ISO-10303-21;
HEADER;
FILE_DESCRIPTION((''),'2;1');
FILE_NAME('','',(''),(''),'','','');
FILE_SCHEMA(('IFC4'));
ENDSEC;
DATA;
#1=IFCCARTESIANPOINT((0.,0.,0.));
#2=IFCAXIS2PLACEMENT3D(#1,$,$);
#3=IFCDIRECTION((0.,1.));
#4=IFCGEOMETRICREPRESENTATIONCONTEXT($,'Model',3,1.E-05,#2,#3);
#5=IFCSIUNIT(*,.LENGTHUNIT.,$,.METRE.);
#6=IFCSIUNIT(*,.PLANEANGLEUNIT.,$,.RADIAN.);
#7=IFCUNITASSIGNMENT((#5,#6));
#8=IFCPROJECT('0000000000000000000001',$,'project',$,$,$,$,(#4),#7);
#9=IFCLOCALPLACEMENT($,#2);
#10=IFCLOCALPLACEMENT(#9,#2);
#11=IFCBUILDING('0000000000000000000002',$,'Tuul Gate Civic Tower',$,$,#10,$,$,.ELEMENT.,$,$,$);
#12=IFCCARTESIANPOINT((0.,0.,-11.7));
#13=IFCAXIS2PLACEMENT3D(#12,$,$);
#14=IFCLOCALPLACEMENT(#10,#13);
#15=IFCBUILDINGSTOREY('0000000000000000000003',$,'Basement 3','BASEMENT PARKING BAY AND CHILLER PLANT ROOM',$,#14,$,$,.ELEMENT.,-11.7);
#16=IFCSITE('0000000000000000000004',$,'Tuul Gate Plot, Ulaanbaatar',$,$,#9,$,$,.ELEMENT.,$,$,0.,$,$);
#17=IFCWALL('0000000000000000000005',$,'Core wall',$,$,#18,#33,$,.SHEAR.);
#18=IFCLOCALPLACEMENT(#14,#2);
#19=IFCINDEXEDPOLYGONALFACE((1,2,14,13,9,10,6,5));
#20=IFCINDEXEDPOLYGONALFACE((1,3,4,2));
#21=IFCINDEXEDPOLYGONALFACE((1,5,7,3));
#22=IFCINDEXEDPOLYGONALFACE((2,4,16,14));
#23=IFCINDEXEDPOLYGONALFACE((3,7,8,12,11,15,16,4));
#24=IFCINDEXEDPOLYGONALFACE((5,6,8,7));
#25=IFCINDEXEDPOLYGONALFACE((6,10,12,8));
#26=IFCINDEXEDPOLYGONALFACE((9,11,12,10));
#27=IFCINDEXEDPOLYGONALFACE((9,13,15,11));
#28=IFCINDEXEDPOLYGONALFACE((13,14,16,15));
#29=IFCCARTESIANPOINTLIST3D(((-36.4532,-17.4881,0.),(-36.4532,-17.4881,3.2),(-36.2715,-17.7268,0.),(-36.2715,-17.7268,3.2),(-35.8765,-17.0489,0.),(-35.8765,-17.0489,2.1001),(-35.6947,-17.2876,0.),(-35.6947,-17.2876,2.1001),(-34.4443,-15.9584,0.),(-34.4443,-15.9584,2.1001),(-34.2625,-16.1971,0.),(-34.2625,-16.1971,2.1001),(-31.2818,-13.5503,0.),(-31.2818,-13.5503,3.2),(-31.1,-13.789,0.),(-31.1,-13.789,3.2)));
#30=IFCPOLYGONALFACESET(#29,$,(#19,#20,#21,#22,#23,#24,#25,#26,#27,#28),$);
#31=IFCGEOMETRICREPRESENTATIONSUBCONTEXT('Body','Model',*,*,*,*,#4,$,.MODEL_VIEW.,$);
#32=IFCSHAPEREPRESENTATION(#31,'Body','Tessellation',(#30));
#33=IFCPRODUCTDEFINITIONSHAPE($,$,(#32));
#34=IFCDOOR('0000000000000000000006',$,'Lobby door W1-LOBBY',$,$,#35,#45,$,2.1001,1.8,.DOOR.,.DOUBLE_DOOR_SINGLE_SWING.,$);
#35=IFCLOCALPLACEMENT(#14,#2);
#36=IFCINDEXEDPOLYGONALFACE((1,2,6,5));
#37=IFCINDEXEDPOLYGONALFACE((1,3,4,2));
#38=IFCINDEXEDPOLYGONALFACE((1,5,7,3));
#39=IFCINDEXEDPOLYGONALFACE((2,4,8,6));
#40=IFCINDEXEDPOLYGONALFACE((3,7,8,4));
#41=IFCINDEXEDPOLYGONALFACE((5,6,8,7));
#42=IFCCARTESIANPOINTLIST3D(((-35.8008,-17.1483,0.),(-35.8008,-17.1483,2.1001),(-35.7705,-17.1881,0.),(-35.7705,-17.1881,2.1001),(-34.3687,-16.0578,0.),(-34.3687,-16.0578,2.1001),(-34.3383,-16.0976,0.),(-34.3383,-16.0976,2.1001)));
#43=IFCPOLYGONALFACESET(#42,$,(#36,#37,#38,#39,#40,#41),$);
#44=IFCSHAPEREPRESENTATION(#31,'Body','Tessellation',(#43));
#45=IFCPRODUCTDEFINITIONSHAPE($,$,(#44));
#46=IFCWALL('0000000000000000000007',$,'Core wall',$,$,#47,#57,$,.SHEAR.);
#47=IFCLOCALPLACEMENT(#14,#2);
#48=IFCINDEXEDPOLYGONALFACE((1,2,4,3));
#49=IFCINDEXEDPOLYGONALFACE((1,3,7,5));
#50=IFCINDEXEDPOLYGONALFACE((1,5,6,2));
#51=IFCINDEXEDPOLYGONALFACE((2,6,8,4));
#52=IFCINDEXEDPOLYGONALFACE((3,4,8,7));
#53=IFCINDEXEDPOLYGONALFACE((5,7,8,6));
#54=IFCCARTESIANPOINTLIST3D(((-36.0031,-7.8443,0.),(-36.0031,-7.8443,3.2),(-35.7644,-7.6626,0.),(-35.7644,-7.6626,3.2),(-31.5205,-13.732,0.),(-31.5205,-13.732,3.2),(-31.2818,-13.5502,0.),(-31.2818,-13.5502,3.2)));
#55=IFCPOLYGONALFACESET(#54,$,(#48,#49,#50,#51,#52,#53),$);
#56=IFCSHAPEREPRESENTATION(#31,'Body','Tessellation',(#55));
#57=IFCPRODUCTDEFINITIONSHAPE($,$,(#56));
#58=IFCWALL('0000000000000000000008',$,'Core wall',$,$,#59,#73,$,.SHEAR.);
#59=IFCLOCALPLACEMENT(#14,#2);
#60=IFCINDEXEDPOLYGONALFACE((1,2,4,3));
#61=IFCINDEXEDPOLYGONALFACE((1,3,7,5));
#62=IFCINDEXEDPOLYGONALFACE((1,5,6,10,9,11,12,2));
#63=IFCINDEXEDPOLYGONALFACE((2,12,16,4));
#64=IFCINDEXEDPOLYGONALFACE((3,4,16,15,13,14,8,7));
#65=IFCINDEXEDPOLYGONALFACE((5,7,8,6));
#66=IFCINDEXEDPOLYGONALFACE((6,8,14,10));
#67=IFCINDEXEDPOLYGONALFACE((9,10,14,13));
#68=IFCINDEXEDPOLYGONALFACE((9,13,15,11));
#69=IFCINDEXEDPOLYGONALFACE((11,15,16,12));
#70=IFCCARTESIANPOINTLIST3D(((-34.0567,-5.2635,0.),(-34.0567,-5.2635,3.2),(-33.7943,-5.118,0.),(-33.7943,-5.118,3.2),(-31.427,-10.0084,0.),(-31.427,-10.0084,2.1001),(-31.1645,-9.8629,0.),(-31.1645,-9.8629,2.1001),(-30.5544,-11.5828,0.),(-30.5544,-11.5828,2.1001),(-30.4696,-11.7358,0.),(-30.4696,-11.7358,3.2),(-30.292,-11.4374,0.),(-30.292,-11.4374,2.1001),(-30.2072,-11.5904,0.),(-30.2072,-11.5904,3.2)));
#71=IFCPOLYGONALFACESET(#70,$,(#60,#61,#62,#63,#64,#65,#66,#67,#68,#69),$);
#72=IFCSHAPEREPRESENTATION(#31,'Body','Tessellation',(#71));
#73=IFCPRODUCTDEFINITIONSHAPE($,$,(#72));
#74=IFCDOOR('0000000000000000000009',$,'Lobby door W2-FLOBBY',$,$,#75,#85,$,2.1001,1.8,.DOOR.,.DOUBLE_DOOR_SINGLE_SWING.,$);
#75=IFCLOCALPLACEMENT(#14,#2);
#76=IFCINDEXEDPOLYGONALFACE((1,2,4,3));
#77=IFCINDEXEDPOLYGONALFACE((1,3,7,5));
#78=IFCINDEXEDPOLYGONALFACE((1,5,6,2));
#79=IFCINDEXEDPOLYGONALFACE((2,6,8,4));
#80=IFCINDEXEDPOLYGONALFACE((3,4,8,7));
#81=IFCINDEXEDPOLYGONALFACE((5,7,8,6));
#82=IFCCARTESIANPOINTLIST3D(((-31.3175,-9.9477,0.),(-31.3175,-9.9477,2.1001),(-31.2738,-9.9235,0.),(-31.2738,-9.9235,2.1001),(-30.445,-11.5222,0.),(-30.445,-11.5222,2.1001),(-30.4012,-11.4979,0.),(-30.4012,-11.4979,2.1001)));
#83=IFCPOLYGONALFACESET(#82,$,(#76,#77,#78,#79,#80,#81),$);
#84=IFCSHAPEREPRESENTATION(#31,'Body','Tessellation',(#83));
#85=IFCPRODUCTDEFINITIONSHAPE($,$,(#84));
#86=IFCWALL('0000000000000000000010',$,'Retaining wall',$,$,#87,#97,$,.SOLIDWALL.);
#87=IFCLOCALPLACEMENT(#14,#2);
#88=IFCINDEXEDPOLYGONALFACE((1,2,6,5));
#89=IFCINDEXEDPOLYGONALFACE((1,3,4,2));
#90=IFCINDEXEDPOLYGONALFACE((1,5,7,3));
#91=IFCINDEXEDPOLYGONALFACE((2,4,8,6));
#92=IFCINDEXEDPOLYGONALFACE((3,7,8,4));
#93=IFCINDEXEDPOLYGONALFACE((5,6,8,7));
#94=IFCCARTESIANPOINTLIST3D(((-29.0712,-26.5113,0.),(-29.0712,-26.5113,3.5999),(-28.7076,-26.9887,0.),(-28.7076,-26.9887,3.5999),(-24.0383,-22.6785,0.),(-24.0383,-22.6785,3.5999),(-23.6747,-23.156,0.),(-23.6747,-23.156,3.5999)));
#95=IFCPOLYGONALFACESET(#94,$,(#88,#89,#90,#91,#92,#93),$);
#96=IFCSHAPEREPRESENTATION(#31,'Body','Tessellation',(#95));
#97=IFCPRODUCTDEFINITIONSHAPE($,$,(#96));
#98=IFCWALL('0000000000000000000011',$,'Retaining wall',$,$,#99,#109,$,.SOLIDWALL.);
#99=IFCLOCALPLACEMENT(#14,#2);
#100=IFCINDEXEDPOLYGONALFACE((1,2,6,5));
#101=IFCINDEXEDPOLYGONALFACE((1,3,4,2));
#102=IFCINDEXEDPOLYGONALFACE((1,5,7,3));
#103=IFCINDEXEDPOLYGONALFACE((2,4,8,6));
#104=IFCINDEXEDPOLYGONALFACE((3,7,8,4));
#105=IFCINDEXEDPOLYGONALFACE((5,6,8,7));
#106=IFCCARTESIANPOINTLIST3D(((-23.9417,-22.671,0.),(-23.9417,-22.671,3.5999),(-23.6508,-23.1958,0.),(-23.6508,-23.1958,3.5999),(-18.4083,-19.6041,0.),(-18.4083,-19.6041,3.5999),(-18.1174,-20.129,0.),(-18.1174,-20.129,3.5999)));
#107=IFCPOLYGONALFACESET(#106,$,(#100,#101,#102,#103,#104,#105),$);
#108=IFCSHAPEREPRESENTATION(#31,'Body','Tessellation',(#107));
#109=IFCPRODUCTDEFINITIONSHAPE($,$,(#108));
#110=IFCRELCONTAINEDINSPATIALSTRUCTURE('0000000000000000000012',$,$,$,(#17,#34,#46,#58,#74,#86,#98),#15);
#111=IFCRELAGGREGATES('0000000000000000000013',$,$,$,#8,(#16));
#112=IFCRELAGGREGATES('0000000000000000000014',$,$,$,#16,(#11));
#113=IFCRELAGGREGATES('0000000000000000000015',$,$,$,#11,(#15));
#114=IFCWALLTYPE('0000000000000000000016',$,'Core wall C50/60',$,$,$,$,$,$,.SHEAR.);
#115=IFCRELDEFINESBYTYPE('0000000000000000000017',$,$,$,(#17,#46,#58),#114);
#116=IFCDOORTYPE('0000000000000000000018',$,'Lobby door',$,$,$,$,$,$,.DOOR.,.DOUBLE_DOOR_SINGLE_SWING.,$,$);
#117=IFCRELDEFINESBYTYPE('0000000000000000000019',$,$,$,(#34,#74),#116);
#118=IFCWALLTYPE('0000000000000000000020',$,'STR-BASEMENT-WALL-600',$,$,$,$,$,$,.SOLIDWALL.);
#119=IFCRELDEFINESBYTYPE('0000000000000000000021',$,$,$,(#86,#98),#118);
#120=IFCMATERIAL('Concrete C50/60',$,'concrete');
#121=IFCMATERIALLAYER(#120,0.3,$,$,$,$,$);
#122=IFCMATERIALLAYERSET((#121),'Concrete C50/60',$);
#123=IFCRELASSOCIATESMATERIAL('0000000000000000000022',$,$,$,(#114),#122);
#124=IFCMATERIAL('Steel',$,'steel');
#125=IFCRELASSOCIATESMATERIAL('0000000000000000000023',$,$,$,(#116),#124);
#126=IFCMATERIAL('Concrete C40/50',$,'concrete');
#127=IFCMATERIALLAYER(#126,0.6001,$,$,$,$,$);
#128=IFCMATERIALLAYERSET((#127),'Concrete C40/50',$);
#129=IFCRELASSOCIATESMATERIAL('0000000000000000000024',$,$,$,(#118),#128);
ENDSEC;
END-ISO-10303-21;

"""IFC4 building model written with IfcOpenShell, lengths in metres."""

from ifc_helpers import new_model, si_unit, direction, frame, frame_2d, origin, place, context, subcontext, project, spatial, rectangle, extrude, material, layer, layer_set, type_object, element, fill, save


model = new_model("IFC4")

# Units and contexts
model_context = context("Model", 3, precision=1e-05, world=origin(), true_north=direction((0.0, 1.0)))
body_context = subcontext(model_context, "Body", "Model", "MODEL_VIEW")
ifc_project = project(units=[si_unit("LENGTHUNIT", "METRE"), si_unit("PLANEANGLEUNIT", "RADIAN")], contexts=[model_context])

# Site, building, storey
site_placement = place(None, origin())
site = spatial("IfcSite", under=ifc_project, at=site_placement, Name="Tuul Gate Plot, Ulaanbaatar", CompositionType="ELEMENT", RefElevation=0.0)
building_placement = place(site_placement, origin())
building = spatial("IfcBuilding", under=site, at=building_placement, Name="Tuul Gate Civic Tower", CompositionType="ELEMENT")
storey_placement = place(building_placement, frame((0.0, 0.0, -11.7)))
storey = spatial("IfcBuildingStorey", under=building, at=storey_placement, Name="Basement 3", Description="BASEMENT PARKING BAY AND CHILLER PLANT ROOM", CompositionType="ELEMENT", Elevation=-11.7)

# Wall, opening, door
ifc_material_1 = material(Name="Concrete C50/60", Category="concrete")
ifc_layer_1 = layer(ifc_material_1, 0.3)
ifc_layer_set_1 = layer_set([ifc_layer_1], Name="Concrete C50/60")
wall_type_1 = type_object("IfcWallType", Name="Core wall C50/60", PredefinedType="SHEAR", material=ifc_layer_set_1)
wall_1_placement = place(storey_placement, frame((-31.1909, -13.6697, 0.0), z_axis=(0.0, 0.0, 1.0), x_axis=(-0.795607, -0.605813, 0.0)))
wall_1 = element("IfcWall", 1, at=wall_1_placement, inside=storey, type_object=wall_type_1, Name="Core wall", PredefinedType="SHEAR", context=body_context, shape_type="SweptSolid", body=[
    extrude(rectangle(XDim=6.5, YDim=0.3, at=frame_2d((3.25, 0.0))), origin(), (0.0, 0.0, 1.0), 3.2),
])
opening_1_placement = place(wall_1_placement, frame((3.9751, 0.0, 0.0)))
opening_1 = element("IfcOpeningElement", 2, at=opening_1_placement, cuts=wall_1, PredefinedType="OPENING", context=body_context, shape_type="SweptSolid", body=[
    extrude(rectangle(XDim=1.8, YDim=2.1001, at=frame_2d((0.8999, 1.05))), frame((0.0, 0.1602, 0.0), z_axis=(0.0, -1.0, 0.0), x_axis=(1.0, 0.0, 0.0)), (0.0, 0.0, 1.0), 0.3201),
])
ifc_material_2 = material(Name="Steel", Category="steel")
door_type = type_object("IfcDoorType", Name="Lobby door", OperationType="DOUBLE_DOOR_SINGLE_SWING", PredefinedType="DOOR", material=ifc_material_2)
door_1_placement = place(opening_1_placement, origin())
door_1 = element("IfcDoor", 3, at=door_1_placement, inside=storey, type_object=door_type, Name="Lobby door W1-LOBBY", OperationType="DOUBLE_DOOR_SINGLE_SWING", OverallHeight=2.1001, OverallWidth=1.8, PredefinedType="DOOR", context=body_context, shape_type="SweptSolid", body=[
    extrude(rectangle(XDim=1.8, YDim=2.1001, at=frame_2d((0.8999, 1.05))), frame((0.0, 0.0249, 0.0), z_axis=(0.0, -1.0, 0.0), x_axis=(1.0, 0.0, 0.0)), (0.0, 0.0, 1.0), 0.05),
])
fill(opening_1, door_1)

# Wall
wall_2_placement = place(storey_placement, frame((-31.4011, -13.6411, 0.0), z_axis=(0.0, 0.0, 1.0), x_axis=(-0.60577, 0.79564, 0.0)))
element("IfcWall", 4, at=wall_2_placement, inside=storey, type_object=wall_type_1, Name="Core wall", PredefinedType="SHEAR", context=body_context, shape_type="SweptSolid", body=[
    extrude(rectangle(XDim=7.3999, YDim=0.3, at=frame_2d((3.7, 0.0))), origin(), (0.0, 0.0, 1.0), 3.2),
])

# Wall, opening, door
wall_3_placement = place(storey_placement, frame((-30.3384, -11.6631, 0.0), z_axis=(0.0, 0.0, 1.0), x_axis=(-0.484752, 0.874652, 0.0)))
wall_3 = element("IfcWall", 5, at=wall_3_placement, inside=storey, type_object=wall_type_1, Name="Core wall", PredefinedType="SHEAR", context=body_context, shape_type="SweptSolid", body=[
    extrude(rectangle(XDim=7.3999, YDim=0.3, at=frame_2d((3.7, 0.0))), origin(), (0.0, 0.0, 1.0), 3.2),
])
opening_2_placement = place(wall_3_placement, frame((0.175, 0.0, 0.0)))
opening_2 = element("IfcOpeningElement", 6, at=opening_2_placement, cuts=wall_3, PredefinedType="OPENING", context=body_context, shape_type="SweptSolid", body=[
    extrude(rectangle(XDim=1.8, YDim=2.1001, at=frame_2d((0.8999, 1.05))), frame((0.0, 0.1602, 0.0), z_axis=(0.0, -1.0, 0.0), x_axis=(1.0, 0.0, 0.0)), (0.0, 0.0, 1.0), 0.3201),
])
door_2_placement = place(opening_2_placement, origin())
door_2 = element("IfcDoor", 7, at=door_2_placement, inside=storey, type_object=door_type, Name="Lobby door W2-FLOBBY", OperationType="DOUBLE_DOOR_SINGLE_SWING", OverallHeight=2.1001, OverallWidth=1.8, PredefinedType="DOOR", context=body_context, shape_type="SweptSolid", body=[
    extrude(rectangle(XDim=1.8, YDim=2.1001, at=frame_2d((0.8999, 1.05))), frame((0.0, 0.0249, 0.0), z_axis=(0.0, -1.0, 0.0), x_axis=(1.0, 0.0, 0.0)), (0.0, 0.0, 1.0), 0.05),
])
fill(opening_2, door_2)

# Walls
ifc_material_3 = material(Name="Concrete C40/50", Category="concrete")
ifc_layer_2 = layer(ifc_material_3, 0.6001)
ifc_layer_set_2 = layer_set([ifc_layer_2], Name="Concrete C40/50")
wall_type_2 = type_object("IfcWallType", Name="STR-BASEMENT-WALL-600", PredefinedType="SOLIDWALL", material=ifc_layer_set_2)
wall_4_placement = place(storey_placement, frame((-28.8894, -26.75, 0.0), z_axis=(0.0, 0.0, 1.0), x_axis=(0.795574, 0.605856, 0.0)))
element("IfcWall", 8, at=wall_4_placement, inside=storey, type_object=wall_type_2, Name="Retaining wall", PredefinedType="SOLIDWALL", context=body_context, shape_type="SweptSolid", body=[
    extrude(rectangle(XDim=6.3262, YDim=0.6001, at=frame_2d((3.1631, 0.0))), origin(), (0.0, 0.0, 1.0), 3.5999),
])
wall_5_placement = place(storey_placement, frame((-23.7961, -22.9333, 0.0), z_axis=(0.0, 0.0, 1.0), x_axis=(0.874643, 0.484768, 0.0)))
element("IfcWall", 9, at=wall_5_placement, inside=storey, type_object=wall_type_2, Name="Retaining wall", PredefinedType="SOLIDWALL", context=body_context, shape_type="SweptSolid", body=[
    extrude(rectangle(XDim=6.3264, YDim=0.6001, at=frame_2d((3.1631, 0.0))), origin(), (0.0, 0.0, 1.0), 3.5999),
])

save(model, "model.ifc")
